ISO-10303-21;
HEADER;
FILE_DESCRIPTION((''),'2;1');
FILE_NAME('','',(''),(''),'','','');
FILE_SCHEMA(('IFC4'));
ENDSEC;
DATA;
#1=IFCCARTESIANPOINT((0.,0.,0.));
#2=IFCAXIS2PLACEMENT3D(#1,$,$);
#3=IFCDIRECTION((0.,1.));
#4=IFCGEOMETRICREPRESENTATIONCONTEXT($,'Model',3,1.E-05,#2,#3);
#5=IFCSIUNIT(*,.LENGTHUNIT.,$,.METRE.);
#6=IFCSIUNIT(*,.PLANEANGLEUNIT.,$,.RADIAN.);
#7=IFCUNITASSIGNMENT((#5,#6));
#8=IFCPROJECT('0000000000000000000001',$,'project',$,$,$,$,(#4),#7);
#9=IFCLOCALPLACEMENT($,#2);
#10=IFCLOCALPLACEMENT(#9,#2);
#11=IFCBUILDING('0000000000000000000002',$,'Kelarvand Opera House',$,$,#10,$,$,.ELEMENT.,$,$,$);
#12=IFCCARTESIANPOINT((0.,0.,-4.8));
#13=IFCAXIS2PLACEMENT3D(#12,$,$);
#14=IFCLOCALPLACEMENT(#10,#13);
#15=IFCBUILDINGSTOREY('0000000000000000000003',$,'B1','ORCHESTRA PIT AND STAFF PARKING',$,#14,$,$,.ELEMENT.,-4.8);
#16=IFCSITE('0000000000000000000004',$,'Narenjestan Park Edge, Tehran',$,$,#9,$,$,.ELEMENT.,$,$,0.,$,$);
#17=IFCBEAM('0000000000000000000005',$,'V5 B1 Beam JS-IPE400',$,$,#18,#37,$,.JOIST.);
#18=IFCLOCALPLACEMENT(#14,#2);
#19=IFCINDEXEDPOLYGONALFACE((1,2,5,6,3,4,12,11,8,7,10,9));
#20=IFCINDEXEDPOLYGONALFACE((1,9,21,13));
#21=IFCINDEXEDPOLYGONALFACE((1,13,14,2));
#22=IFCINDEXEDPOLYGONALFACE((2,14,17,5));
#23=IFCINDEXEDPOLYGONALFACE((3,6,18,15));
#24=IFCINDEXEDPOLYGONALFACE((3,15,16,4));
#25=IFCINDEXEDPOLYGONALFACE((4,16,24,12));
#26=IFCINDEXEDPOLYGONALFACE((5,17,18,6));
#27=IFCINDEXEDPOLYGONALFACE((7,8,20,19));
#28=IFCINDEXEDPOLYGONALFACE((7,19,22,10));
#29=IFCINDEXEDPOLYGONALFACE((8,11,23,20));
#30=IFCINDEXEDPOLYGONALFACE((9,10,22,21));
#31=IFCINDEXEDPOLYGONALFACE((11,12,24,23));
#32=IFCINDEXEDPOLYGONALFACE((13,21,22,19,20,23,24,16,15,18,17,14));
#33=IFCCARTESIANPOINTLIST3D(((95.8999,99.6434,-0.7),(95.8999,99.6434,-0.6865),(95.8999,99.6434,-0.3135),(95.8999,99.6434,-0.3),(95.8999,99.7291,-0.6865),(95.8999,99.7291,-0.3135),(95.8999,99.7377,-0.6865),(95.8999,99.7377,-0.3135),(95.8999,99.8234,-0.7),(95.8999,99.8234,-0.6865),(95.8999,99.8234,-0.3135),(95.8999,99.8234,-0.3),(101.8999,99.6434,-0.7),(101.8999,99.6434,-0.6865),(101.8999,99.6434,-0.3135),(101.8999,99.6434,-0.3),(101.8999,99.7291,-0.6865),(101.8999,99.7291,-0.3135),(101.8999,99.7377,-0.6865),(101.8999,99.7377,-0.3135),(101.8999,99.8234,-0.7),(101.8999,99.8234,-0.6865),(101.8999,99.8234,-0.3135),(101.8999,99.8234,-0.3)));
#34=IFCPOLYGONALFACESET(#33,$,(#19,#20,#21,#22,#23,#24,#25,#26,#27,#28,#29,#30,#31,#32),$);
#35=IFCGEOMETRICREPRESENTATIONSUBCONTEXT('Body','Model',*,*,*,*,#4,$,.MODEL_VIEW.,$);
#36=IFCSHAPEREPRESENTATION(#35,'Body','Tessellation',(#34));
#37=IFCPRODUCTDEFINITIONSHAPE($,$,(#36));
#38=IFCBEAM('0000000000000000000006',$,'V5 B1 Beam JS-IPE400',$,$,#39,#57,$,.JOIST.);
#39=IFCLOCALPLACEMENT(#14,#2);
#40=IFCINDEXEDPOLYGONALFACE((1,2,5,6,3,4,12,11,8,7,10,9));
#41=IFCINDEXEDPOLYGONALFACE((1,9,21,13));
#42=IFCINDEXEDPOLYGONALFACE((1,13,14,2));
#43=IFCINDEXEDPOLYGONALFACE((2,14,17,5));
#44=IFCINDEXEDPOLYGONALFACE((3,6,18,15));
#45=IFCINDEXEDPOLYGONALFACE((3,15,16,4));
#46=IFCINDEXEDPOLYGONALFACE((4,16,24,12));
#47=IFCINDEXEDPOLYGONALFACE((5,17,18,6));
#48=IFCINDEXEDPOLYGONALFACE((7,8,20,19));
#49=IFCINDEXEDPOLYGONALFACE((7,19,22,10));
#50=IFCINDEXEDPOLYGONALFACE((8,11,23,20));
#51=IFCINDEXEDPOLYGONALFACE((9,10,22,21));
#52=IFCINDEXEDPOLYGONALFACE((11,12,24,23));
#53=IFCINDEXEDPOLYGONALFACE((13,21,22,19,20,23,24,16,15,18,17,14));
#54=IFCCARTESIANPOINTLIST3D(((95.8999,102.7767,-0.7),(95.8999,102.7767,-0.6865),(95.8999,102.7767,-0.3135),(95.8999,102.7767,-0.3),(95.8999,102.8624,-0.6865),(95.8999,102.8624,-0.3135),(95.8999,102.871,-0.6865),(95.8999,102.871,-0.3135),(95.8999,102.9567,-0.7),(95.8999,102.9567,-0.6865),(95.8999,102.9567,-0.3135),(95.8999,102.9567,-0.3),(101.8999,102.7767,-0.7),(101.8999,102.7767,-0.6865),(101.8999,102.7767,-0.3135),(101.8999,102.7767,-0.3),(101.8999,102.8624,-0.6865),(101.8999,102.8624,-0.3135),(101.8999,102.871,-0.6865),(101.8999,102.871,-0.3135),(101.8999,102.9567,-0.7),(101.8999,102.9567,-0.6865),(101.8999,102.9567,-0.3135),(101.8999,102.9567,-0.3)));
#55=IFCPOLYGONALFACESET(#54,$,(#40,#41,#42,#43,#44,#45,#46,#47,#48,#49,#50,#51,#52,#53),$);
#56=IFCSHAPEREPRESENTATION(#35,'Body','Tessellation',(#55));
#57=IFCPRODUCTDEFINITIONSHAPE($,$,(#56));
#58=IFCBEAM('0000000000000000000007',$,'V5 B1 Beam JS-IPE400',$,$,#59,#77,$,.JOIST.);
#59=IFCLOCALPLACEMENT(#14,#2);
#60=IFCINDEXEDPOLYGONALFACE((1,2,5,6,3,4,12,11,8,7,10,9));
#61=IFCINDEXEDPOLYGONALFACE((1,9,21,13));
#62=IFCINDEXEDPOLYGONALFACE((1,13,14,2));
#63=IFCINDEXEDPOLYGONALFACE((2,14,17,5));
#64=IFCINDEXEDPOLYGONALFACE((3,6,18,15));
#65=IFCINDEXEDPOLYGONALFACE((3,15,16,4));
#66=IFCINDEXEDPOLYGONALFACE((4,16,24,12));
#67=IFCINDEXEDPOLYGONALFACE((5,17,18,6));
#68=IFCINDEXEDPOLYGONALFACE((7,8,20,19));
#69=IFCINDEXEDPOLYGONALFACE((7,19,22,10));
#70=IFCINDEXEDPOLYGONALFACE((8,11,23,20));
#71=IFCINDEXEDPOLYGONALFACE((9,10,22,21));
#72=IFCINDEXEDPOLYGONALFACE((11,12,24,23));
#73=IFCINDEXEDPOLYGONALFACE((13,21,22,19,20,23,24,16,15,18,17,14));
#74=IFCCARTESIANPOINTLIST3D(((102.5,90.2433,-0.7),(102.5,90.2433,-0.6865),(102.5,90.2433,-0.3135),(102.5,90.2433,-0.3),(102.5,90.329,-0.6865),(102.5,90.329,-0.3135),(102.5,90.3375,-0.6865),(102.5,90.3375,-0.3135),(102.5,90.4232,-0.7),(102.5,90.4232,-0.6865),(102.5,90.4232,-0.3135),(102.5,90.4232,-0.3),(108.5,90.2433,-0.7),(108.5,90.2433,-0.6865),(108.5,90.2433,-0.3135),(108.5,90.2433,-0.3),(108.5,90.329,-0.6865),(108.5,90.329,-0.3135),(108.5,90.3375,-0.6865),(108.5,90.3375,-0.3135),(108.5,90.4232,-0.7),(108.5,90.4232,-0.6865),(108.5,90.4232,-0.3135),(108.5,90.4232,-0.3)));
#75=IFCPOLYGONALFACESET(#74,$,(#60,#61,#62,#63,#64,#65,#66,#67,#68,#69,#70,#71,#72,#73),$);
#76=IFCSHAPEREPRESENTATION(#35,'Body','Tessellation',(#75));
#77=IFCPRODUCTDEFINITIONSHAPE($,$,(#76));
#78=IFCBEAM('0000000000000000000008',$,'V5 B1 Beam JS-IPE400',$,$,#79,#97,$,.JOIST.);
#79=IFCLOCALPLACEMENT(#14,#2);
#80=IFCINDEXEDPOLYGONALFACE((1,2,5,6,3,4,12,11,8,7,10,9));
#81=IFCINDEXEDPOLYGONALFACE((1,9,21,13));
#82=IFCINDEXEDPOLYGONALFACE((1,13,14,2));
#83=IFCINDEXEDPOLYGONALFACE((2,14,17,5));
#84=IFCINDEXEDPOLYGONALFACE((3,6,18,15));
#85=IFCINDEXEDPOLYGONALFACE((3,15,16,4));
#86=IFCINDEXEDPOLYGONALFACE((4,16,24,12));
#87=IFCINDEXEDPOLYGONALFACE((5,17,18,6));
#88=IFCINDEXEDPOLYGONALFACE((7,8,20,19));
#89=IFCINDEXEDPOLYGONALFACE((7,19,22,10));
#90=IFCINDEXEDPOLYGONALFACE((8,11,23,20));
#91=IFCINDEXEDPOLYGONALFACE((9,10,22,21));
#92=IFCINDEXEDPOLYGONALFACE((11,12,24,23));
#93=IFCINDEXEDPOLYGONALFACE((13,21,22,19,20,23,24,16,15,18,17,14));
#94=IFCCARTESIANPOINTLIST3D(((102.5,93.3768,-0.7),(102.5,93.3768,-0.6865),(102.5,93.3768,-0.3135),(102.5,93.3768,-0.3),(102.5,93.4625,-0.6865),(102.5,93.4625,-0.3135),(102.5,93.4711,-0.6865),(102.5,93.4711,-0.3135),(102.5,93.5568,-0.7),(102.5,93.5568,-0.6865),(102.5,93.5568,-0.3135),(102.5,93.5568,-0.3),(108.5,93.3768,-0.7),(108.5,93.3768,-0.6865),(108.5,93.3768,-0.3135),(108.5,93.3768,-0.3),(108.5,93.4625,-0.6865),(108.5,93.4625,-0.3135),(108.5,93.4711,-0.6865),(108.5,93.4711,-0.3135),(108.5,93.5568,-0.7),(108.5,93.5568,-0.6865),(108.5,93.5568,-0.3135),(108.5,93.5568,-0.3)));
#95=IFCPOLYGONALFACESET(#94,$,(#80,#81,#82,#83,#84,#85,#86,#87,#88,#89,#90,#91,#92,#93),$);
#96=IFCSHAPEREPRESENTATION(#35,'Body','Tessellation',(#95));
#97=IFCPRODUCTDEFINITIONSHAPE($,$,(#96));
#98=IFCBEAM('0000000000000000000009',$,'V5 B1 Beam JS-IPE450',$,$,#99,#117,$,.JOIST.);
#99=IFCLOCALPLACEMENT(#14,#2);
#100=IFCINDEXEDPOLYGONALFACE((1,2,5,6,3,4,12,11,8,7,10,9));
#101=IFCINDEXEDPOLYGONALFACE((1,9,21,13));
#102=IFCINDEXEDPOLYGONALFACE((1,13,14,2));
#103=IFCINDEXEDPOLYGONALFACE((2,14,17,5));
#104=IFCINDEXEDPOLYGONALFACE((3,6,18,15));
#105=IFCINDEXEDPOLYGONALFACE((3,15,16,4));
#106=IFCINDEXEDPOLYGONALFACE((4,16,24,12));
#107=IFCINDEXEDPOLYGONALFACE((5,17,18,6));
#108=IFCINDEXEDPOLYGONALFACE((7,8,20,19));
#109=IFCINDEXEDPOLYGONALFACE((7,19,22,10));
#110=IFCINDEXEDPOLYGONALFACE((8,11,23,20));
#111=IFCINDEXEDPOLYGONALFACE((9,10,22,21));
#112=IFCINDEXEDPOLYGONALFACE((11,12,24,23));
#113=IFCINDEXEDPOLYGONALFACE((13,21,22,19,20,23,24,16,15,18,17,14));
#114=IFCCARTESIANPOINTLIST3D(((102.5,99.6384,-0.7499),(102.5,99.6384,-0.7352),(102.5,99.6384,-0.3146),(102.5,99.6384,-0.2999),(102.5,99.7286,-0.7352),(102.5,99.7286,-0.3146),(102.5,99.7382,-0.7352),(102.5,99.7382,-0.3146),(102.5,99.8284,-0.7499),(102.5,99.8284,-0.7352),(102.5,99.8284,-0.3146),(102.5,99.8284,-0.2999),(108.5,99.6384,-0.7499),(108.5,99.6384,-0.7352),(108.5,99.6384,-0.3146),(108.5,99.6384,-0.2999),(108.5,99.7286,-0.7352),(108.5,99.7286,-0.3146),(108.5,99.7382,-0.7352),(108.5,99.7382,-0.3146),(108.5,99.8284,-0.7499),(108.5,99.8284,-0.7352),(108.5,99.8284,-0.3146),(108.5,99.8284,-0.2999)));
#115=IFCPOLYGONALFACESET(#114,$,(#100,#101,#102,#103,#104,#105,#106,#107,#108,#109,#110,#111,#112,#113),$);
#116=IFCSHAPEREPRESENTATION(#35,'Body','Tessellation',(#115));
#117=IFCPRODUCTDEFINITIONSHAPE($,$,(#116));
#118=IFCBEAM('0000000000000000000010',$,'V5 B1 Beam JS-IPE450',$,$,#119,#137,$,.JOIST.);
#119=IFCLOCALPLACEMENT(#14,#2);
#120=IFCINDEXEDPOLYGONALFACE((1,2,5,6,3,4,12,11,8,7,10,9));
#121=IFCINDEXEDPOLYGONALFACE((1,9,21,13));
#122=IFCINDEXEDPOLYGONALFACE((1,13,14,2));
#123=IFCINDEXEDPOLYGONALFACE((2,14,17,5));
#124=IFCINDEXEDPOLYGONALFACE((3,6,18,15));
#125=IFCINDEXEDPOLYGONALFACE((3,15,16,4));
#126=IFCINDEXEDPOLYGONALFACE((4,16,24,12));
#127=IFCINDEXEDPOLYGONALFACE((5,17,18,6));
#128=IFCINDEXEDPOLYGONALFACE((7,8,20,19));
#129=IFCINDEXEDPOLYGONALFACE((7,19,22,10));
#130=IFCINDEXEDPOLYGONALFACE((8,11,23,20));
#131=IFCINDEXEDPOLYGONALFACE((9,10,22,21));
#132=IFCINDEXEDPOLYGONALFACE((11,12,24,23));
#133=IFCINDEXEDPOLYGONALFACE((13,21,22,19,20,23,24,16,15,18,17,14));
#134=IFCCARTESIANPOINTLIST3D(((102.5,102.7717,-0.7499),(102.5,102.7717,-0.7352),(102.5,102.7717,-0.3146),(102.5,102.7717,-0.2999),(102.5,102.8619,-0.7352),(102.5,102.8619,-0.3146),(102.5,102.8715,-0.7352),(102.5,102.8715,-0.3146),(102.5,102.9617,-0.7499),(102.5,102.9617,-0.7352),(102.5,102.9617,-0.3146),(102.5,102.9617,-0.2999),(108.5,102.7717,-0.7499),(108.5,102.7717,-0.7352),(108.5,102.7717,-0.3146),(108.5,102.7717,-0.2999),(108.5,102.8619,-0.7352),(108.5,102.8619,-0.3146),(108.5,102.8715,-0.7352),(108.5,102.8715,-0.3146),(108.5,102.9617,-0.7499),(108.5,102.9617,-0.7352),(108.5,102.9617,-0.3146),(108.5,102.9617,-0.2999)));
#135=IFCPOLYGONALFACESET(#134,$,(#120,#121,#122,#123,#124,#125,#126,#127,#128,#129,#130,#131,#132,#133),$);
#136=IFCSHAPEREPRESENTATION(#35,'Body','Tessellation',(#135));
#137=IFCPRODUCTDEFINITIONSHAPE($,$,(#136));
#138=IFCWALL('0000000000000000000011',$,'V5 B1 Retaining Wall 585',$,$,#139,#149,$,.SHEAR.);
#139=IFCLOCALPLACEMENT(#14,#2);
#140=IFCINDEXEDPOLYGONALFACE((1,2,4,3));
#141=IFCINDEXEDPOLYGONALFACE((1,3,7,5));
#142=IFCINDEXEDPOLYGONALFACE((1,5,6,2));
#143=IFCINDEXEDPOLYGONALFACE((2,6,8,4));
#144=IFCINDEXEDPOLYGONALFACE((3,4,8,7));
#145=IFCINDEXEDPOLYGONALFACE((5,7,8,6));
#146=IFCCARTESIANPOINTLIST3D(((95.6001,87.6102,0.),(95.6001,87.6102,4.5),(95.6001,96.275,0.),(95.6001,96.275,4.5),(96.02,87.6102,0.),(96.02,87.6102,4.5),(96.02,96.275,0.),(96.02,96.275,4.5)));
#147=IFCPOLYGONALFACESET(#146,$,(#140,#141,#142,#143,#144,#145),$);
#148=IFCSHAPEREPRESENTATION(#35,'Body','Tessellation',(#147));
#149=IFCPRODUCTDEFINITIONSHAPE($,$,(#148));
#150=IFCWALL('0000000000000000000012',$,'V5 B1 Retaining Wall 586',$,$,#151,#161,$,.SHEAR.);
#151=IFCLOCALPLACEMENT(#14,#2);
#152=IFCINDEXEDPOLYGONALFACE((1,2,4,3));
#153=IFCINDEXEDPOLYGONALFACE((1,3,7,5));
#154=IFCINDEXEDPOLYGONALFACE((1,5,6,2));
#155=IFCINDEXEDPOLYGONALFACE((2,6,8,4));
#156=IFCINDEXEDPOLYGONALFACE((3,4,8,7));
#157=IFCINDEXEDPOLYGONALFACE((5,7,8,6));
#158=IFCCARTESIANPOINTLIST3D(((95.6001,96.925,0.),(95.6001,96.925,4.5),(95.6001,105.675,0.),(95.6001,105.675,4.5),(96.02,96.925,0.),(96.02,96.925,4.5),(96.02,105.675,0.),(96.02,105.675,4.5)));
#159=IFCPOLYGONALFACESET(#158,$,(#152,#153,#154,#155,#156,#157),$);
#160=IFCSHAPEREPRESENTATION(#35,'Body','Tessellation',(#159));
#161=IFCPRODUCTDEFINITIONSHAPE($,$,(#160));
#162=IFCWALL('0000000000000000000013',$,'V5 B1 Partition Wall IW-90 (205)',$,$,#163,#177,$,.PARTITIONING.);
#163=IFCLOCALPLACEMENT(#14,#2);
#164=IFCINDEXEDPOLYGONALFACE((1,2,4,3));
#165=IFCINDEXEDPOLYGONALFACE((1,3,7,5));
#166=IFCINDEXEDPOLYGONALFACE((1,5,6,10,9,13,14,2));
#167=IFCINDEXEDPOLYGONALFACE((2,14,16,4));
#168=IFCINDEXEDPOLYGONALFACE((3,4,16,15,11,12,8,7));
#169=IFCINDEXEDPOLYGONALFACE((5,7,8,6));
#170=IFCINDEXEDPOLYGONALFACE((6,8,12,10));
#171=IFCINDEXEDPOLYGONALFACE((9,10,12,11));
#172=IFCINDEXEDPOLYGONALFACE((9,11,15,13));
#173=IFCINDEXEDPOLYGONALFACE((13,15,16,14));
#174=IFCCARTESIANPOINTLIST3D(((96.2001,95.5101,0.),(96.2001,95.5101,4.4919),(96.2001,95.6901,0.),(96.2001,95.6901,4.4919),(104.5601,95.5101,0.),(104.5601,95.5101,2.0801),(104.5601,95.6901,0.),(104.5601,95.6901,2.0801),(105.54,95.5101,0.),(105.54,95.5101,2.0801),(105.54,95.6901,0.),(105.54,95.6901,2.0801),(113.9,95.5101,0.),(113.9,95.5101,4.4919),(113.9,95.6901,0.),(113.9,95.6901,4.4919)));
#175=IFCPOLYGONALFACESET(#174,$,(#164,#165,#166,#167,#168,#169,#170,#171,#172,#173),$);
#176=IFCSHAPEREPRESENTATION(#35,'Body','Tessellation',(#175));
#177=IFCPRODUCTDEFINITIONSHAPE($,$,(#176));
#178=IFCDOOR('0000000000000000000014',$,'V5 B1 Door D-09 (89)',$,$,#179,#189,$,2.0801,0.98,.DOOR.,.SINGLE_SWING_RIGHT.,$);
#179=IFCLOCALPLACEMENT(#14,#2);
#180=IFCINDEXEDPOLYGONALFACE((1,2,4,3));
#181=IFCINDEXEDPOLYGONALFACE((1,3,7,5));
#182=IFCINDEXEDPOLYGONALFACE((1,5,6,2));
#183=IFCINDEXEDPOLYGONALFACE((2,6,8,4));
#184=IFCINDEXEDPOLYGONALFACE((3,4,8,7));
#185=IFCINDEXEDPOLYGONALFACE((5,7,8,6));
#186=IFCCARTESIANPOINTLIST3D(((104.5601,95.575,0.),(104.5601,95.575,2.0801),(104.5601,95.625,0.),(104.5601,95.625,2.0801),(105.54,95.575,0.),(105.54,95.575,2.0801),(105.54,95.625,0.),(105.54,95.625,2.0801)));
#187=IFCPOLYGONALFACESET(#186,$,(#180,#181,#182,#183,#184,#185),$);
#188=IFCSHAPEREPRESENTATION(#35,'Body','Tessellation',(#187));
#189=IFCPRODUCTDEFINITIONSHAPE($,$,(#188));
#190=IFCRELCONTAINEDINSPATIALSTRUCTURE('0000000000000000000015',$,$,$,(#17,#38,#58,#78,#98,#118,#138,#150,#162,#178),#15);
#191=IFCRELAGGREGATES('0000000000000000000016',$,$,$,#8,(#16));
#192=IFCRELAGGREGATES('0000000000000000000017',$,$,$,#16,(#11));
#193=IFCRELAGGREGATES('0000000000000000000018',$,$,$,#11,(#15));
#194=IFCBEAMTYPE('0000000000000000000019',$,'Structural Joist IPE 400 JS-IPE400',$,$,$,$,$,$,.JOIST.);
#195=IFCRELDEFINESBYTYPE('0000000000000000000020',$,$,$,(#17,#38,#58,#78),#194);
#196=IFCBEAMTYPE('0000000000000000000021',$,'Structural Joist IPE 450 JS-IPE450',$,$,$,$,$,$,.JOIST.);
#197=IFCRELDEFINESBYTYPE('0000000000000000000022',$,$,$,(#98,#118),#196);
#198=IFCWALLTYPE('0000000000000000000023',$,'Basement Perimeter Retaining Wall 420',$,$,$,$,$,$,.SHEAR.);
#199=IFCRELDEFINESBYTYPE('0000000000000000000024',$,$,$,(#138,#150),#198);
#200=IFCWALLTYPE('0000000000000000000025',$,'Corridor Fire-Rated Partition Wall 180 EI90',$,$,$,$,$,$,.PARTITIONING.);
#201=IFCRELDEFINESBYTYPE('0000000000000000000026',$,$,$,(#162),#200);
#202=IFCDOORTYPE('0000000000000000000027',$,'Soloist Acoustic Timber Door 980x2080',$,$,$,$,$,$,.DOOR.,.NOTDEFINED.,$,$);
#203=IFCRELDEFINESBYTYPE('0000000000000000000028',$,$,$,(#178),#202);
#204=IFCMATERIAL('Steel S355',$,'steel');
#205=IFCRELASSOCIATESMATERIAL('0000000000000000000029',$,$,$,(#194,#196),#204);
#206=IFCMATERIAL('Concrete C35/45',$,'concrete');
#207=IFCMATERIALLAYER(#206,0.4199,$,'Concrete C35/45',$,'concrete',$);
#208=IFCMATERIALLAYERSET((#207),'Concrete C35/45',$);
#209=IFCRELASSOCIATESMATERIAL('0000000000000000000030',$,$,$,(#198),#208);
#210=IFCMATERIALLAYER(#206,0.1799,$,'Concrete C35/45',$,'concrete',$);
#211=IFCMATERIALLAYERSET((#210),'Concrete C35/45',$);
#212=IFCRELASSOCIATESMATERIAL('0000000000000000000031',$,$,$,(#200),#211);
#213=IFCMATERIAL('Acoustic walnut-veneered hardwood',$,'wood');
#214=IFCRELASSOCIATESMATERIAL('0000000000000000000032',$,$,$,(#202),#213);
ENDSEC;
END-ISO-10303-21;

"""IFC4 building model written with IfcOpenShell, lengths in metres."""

from ifc_helpers import new_model, si_unit, direction, frame, frame_2d, origin, origin_2d, place, context, subcontext, project, spatial, rectangle, i_section, extrude, material, layer, layer_set, material_profile, profile_set, type_object, element, fill, save


model = new_model("IFC4")

# Units and contexts
model_context = context("Model", 3, precision=1e-05, world=origin(), true_north=direction((0.0, 1.0)))
body_context = subcontext(model_context, "Body", "Model", "MODEL_VIEW")
ifc_project = project(units=[si_unit("LENGTHUNIT", "METRE"), si_unit("PLANEANGLEUNIT", "RADIAN")], contexts=[model_context])

# Site, building, storey
site_placement = place(None, origin())
site = spatial("IfcSite", under=ifc_project, at=site_placement, Name="Narenjestan Park Edge, Tehran", CompositionType="ELEMENT", RefElevation=0.0)
building_placement = place(site_placement, origin())
building = spatial("IfcBuilding", under=site, at=building_placement, Name="Kelarvand Opera House", CompositionType="ELEMENT")
storey_placement = place(building_placement, frame((0.0, 0.0, -4.8)))
storey = spatial("IfcBuildingStorey", under=building, at=storey_placement, Name="B1", Description="ORCHESTRA PIT AND STAFF PARKING", CompositionType="ELEMENT", Elevation=-4.8)

# Beams
ifc_material_1 = material(Name="Steel S355", Category="steel")
ifc_material_profile_1 = material_profile(ifc_material_1, i_section(OverallWidth=0.1799, OverallDepth=0.3999, WebThickness=0.0085, FlangeThickness=0.0134, at=origin_2d()), Name="IPE 400", Category="steel")
ifc_profile_set_1 = profile_set([ifc_material_profile_1], Name="Steel S355")
beam_type_1 = type_object("IfcBeamType", Name="Structural Joist IPE 400 JS-IPE400", PredefinedType="JOIST", material=ifc_profile_set_1)
for number, where, z_axis, x_axis, name in (
    (1, (95.8999, 99.7334, -0.5), (1.0, 0.0, 0.0), (0.0, 1.0, 0.0), "V5 B1 Beam JS-IPE400"),
    (2, (95.8999, 102.8667, -0.5), (1.0, 0.0, 0.0), (0.0, 1.0, 0.0), "V5 B1 Beam JS-IPE400"),
    (3, (102.5, 90.3333, -0.5), (1.0, 0.0, 0.0), (0.0, 1.0, 0.0), "V5 B1 Beam JS-IPE400"),
    (4, (102.5, 93.4668, -0.5), (1.0, 0.0, 0.0), (0.0, 1.0, 0.0), "V5 B1 Beam JS-IPE400"),
):
    element("IfcBeam", number, at=place(storey_placement, frame(where, z_axis=z_axis, x_axis=x_axis)), inside=storey, type_object=beam_type_1, Name=name, PredefinedType="JOIST", context=body_context, shape_type="SweptSolid", body=[
        extrude(i_section(OverallWidth=0.1799, OverallDepth=0.3999, WebThickness=0.0085, FlangeThickness=0.0134, at=origin_2d()), origin(), (0.0, 0.0, 1.0), 6.0),
    ])
ifc_material_profile_2 = material_profile(ifc_material_1, i_section(OverallWidth=0.1899, OverallDepth=0.45, WebThickness=0.0095, FlangeThickness=0.0146, at=origin_2d()), Name="IPE 450", Category="steel")
ifc_profile_set_2 = profile_set([ifc_material_profile_2], Name="Steel S355")
beam_type_2 = type_object("IfcBeamType", Name="Structural Joist IPE 450 JS-IPE450", PredefinedType="JOIST", material=ifc_profile_set_2)
for number, where, z_axis, x_axis, name in (
    (5, (102.5, 99.7334, -0.5249), (1.0, 0.0, 0.0), (0.0, 1.0, 0.0), "V5 B1 Beam JS-IPE450"),
    (6, (102.5, 102.8667, -0.5249), (1.0, 0.0, 0.0), (0.0, 1.0, 0.0), "V5 B1 Beam JS-IPE450"),
):
    element("IfcBeam", number, at=place(storey_placement, frame(where, z_axis=z_axis, x_axis=x_axis)), inside=storey, type_object=beam_type_2, Name=name, PredefinedType="JOIST", context=body_context, shape_type="SweptSolid", body=[
        extrude(i_section(OverallWidth=0.1899, OverallDepth=0.45, WebThickness=0.0095, FlangeThickness=0.0146, at=origin_2d()), origin(), (0.0, 0.0, 1.0), 6.0),
    ])

# Walls
ifc_material_2 = material(Name="Concrete C35/45", Category="concrete")
ifc_layer_1 = layer(ifc_material_2, 0.4199, Name="Concrete C35/45", Category="concrete")
ifc_layer_set_1 = layer_set([ifc_layer_1], Name="Concrete C35/45")
wall_type_1 = type_object("IfcWallType", Name="Basement Perimeter Retaining Wall 420", PredefinedType="SHEAR", material=ifc_layer_set_1)
wall_1_placement = place(storey_placement, frame((95.8101, 87.6101, 0.0), z_axis=(0.0, 0.0, 1.0), x_axis=(0.0, 1.0, 0.0)))
element("IfcWall", 7, at=wall_1_placement, inside=storey, type_object=wall_type_1, Name="V5 B1 Retaining Wall 585", PredefinedType="SHEAR", context=body_context, shape_type="SweptSolid", body=[
    extrude(rectangle(XDim=8.6648, YDim=0.4199, at=frame_2d((4.3325, 0.0))), origin(), (0.0, 0.0, 1.0), 4.5),
])
wall_2_placement = place(storey_placement, frame((95.8101, 96.925, 0.0), z_axis=(0.0, 0.0, 1.0), x_axis=(0.0, 1.0, 0.0)))
element("IfcWall", 8, at=wall_2_placement, inside=storey, type_object=wall_type_1, Name="V5 B1 Retaining Wall 586", PredefinedType="SHEAR", context=body_context, shape_type="SweptSolid", body=[
    extrude(rectangle(XDim=8.75, YDim=0.4199, at=frame_2d((4.375, 0.0))), origin(), (0.0, 0.0, 1.0), 4.5),
])

# Wall, opening, door
ifc_layer_2 = layer(ifc_material_2, 0.1799, Name="Concrete C35/45", Category="concrete")
ifc_layer_set_2 = layer_set([ifc_layer_2], Name="Concrete C35/45")
wall_type_2 = type_object("IfcWallType", Name="Corridor Fire-Rated Partition Wall 180 EI90", PredefinedType="PARTITIONING", material=ifc_layer_set_2)
wall_3_placement = place(storey_placement, frame((96.2, 95.6001, 0.0), z_axis=(0.0, 0.0, 1.0), x_axis=(1.0, 0.0, 0.0)))
wall_3 = element("IfcWall", 9, at=wall_3_placement, inside=storey, type_object=wall_type_2, Name="V5 B1 Partition Wall IW-90 (205)", PredefinedType="PARTITIONING", context=body_context, shape_type="SweptSolid", body=[
    extrude(rectangle(XDim=17.7, YDim=0.1799, at=frame_2d((8.8501, 0.0))), origin(), (0.0, 0.0, 1.0), 4.4919),
])
opening_placement = place(wall_3_placement, frame((8.3601, 0.0, 0.0)))
opening = element("IfcOpeningElement", 10, at=opening_placement, cuts=wall_3, PredefinedType="OPENING", context=body_context, shape_type="SweptSolid", body=[
    extrude(rectangle(XDim=0.98, YDim=2.0801, at=frame_2d((0.49, 1.04))), frame((0.0, 0.1001, 0.0), z_axis=(0.0, -1.0, 0.0), x_axis=(1.0, 0.0, 0.0)), (0.0, 0.0, 1.0), 0.2),
])
ifc_material_3 = material(Name="Acoustic walnut-veneered hardwood", Category="wood")
door_type = type_object("IfcDoorType", Name="Soloist Acoustic Timber Door 980x2080", OperationType="NOTDEFINED", PredefinedType="DOOR", material=ifc_material_3)
door_placement = place(opening_placement, origin())
door = element("IfcDoor", 11, at=door_placement, inside=storey, type_object=door_type, Name="V5 B1 Door D-09 (89)", OperationType="SINGLE_SWING_RIGHT", OverallHeight=2.0801, OverallWidth=0.98, PredefinedType="DOOR", context=body_context, shape_type="SweptSolid", body=[
    extrude(rectangle(XDim=0.98, YDim=2.0801, at=frame_2d((0.49, 1.04))), frame((0.0, 0.0249, 0.0), z_axis=(0.0, -1.0, 0.0), x_axis=(1.0, 0.0, 0.0)), (0.0, 0.0, 1.0), 0.05),
])
fill(opening, door)

save(model, "model.ifc")
